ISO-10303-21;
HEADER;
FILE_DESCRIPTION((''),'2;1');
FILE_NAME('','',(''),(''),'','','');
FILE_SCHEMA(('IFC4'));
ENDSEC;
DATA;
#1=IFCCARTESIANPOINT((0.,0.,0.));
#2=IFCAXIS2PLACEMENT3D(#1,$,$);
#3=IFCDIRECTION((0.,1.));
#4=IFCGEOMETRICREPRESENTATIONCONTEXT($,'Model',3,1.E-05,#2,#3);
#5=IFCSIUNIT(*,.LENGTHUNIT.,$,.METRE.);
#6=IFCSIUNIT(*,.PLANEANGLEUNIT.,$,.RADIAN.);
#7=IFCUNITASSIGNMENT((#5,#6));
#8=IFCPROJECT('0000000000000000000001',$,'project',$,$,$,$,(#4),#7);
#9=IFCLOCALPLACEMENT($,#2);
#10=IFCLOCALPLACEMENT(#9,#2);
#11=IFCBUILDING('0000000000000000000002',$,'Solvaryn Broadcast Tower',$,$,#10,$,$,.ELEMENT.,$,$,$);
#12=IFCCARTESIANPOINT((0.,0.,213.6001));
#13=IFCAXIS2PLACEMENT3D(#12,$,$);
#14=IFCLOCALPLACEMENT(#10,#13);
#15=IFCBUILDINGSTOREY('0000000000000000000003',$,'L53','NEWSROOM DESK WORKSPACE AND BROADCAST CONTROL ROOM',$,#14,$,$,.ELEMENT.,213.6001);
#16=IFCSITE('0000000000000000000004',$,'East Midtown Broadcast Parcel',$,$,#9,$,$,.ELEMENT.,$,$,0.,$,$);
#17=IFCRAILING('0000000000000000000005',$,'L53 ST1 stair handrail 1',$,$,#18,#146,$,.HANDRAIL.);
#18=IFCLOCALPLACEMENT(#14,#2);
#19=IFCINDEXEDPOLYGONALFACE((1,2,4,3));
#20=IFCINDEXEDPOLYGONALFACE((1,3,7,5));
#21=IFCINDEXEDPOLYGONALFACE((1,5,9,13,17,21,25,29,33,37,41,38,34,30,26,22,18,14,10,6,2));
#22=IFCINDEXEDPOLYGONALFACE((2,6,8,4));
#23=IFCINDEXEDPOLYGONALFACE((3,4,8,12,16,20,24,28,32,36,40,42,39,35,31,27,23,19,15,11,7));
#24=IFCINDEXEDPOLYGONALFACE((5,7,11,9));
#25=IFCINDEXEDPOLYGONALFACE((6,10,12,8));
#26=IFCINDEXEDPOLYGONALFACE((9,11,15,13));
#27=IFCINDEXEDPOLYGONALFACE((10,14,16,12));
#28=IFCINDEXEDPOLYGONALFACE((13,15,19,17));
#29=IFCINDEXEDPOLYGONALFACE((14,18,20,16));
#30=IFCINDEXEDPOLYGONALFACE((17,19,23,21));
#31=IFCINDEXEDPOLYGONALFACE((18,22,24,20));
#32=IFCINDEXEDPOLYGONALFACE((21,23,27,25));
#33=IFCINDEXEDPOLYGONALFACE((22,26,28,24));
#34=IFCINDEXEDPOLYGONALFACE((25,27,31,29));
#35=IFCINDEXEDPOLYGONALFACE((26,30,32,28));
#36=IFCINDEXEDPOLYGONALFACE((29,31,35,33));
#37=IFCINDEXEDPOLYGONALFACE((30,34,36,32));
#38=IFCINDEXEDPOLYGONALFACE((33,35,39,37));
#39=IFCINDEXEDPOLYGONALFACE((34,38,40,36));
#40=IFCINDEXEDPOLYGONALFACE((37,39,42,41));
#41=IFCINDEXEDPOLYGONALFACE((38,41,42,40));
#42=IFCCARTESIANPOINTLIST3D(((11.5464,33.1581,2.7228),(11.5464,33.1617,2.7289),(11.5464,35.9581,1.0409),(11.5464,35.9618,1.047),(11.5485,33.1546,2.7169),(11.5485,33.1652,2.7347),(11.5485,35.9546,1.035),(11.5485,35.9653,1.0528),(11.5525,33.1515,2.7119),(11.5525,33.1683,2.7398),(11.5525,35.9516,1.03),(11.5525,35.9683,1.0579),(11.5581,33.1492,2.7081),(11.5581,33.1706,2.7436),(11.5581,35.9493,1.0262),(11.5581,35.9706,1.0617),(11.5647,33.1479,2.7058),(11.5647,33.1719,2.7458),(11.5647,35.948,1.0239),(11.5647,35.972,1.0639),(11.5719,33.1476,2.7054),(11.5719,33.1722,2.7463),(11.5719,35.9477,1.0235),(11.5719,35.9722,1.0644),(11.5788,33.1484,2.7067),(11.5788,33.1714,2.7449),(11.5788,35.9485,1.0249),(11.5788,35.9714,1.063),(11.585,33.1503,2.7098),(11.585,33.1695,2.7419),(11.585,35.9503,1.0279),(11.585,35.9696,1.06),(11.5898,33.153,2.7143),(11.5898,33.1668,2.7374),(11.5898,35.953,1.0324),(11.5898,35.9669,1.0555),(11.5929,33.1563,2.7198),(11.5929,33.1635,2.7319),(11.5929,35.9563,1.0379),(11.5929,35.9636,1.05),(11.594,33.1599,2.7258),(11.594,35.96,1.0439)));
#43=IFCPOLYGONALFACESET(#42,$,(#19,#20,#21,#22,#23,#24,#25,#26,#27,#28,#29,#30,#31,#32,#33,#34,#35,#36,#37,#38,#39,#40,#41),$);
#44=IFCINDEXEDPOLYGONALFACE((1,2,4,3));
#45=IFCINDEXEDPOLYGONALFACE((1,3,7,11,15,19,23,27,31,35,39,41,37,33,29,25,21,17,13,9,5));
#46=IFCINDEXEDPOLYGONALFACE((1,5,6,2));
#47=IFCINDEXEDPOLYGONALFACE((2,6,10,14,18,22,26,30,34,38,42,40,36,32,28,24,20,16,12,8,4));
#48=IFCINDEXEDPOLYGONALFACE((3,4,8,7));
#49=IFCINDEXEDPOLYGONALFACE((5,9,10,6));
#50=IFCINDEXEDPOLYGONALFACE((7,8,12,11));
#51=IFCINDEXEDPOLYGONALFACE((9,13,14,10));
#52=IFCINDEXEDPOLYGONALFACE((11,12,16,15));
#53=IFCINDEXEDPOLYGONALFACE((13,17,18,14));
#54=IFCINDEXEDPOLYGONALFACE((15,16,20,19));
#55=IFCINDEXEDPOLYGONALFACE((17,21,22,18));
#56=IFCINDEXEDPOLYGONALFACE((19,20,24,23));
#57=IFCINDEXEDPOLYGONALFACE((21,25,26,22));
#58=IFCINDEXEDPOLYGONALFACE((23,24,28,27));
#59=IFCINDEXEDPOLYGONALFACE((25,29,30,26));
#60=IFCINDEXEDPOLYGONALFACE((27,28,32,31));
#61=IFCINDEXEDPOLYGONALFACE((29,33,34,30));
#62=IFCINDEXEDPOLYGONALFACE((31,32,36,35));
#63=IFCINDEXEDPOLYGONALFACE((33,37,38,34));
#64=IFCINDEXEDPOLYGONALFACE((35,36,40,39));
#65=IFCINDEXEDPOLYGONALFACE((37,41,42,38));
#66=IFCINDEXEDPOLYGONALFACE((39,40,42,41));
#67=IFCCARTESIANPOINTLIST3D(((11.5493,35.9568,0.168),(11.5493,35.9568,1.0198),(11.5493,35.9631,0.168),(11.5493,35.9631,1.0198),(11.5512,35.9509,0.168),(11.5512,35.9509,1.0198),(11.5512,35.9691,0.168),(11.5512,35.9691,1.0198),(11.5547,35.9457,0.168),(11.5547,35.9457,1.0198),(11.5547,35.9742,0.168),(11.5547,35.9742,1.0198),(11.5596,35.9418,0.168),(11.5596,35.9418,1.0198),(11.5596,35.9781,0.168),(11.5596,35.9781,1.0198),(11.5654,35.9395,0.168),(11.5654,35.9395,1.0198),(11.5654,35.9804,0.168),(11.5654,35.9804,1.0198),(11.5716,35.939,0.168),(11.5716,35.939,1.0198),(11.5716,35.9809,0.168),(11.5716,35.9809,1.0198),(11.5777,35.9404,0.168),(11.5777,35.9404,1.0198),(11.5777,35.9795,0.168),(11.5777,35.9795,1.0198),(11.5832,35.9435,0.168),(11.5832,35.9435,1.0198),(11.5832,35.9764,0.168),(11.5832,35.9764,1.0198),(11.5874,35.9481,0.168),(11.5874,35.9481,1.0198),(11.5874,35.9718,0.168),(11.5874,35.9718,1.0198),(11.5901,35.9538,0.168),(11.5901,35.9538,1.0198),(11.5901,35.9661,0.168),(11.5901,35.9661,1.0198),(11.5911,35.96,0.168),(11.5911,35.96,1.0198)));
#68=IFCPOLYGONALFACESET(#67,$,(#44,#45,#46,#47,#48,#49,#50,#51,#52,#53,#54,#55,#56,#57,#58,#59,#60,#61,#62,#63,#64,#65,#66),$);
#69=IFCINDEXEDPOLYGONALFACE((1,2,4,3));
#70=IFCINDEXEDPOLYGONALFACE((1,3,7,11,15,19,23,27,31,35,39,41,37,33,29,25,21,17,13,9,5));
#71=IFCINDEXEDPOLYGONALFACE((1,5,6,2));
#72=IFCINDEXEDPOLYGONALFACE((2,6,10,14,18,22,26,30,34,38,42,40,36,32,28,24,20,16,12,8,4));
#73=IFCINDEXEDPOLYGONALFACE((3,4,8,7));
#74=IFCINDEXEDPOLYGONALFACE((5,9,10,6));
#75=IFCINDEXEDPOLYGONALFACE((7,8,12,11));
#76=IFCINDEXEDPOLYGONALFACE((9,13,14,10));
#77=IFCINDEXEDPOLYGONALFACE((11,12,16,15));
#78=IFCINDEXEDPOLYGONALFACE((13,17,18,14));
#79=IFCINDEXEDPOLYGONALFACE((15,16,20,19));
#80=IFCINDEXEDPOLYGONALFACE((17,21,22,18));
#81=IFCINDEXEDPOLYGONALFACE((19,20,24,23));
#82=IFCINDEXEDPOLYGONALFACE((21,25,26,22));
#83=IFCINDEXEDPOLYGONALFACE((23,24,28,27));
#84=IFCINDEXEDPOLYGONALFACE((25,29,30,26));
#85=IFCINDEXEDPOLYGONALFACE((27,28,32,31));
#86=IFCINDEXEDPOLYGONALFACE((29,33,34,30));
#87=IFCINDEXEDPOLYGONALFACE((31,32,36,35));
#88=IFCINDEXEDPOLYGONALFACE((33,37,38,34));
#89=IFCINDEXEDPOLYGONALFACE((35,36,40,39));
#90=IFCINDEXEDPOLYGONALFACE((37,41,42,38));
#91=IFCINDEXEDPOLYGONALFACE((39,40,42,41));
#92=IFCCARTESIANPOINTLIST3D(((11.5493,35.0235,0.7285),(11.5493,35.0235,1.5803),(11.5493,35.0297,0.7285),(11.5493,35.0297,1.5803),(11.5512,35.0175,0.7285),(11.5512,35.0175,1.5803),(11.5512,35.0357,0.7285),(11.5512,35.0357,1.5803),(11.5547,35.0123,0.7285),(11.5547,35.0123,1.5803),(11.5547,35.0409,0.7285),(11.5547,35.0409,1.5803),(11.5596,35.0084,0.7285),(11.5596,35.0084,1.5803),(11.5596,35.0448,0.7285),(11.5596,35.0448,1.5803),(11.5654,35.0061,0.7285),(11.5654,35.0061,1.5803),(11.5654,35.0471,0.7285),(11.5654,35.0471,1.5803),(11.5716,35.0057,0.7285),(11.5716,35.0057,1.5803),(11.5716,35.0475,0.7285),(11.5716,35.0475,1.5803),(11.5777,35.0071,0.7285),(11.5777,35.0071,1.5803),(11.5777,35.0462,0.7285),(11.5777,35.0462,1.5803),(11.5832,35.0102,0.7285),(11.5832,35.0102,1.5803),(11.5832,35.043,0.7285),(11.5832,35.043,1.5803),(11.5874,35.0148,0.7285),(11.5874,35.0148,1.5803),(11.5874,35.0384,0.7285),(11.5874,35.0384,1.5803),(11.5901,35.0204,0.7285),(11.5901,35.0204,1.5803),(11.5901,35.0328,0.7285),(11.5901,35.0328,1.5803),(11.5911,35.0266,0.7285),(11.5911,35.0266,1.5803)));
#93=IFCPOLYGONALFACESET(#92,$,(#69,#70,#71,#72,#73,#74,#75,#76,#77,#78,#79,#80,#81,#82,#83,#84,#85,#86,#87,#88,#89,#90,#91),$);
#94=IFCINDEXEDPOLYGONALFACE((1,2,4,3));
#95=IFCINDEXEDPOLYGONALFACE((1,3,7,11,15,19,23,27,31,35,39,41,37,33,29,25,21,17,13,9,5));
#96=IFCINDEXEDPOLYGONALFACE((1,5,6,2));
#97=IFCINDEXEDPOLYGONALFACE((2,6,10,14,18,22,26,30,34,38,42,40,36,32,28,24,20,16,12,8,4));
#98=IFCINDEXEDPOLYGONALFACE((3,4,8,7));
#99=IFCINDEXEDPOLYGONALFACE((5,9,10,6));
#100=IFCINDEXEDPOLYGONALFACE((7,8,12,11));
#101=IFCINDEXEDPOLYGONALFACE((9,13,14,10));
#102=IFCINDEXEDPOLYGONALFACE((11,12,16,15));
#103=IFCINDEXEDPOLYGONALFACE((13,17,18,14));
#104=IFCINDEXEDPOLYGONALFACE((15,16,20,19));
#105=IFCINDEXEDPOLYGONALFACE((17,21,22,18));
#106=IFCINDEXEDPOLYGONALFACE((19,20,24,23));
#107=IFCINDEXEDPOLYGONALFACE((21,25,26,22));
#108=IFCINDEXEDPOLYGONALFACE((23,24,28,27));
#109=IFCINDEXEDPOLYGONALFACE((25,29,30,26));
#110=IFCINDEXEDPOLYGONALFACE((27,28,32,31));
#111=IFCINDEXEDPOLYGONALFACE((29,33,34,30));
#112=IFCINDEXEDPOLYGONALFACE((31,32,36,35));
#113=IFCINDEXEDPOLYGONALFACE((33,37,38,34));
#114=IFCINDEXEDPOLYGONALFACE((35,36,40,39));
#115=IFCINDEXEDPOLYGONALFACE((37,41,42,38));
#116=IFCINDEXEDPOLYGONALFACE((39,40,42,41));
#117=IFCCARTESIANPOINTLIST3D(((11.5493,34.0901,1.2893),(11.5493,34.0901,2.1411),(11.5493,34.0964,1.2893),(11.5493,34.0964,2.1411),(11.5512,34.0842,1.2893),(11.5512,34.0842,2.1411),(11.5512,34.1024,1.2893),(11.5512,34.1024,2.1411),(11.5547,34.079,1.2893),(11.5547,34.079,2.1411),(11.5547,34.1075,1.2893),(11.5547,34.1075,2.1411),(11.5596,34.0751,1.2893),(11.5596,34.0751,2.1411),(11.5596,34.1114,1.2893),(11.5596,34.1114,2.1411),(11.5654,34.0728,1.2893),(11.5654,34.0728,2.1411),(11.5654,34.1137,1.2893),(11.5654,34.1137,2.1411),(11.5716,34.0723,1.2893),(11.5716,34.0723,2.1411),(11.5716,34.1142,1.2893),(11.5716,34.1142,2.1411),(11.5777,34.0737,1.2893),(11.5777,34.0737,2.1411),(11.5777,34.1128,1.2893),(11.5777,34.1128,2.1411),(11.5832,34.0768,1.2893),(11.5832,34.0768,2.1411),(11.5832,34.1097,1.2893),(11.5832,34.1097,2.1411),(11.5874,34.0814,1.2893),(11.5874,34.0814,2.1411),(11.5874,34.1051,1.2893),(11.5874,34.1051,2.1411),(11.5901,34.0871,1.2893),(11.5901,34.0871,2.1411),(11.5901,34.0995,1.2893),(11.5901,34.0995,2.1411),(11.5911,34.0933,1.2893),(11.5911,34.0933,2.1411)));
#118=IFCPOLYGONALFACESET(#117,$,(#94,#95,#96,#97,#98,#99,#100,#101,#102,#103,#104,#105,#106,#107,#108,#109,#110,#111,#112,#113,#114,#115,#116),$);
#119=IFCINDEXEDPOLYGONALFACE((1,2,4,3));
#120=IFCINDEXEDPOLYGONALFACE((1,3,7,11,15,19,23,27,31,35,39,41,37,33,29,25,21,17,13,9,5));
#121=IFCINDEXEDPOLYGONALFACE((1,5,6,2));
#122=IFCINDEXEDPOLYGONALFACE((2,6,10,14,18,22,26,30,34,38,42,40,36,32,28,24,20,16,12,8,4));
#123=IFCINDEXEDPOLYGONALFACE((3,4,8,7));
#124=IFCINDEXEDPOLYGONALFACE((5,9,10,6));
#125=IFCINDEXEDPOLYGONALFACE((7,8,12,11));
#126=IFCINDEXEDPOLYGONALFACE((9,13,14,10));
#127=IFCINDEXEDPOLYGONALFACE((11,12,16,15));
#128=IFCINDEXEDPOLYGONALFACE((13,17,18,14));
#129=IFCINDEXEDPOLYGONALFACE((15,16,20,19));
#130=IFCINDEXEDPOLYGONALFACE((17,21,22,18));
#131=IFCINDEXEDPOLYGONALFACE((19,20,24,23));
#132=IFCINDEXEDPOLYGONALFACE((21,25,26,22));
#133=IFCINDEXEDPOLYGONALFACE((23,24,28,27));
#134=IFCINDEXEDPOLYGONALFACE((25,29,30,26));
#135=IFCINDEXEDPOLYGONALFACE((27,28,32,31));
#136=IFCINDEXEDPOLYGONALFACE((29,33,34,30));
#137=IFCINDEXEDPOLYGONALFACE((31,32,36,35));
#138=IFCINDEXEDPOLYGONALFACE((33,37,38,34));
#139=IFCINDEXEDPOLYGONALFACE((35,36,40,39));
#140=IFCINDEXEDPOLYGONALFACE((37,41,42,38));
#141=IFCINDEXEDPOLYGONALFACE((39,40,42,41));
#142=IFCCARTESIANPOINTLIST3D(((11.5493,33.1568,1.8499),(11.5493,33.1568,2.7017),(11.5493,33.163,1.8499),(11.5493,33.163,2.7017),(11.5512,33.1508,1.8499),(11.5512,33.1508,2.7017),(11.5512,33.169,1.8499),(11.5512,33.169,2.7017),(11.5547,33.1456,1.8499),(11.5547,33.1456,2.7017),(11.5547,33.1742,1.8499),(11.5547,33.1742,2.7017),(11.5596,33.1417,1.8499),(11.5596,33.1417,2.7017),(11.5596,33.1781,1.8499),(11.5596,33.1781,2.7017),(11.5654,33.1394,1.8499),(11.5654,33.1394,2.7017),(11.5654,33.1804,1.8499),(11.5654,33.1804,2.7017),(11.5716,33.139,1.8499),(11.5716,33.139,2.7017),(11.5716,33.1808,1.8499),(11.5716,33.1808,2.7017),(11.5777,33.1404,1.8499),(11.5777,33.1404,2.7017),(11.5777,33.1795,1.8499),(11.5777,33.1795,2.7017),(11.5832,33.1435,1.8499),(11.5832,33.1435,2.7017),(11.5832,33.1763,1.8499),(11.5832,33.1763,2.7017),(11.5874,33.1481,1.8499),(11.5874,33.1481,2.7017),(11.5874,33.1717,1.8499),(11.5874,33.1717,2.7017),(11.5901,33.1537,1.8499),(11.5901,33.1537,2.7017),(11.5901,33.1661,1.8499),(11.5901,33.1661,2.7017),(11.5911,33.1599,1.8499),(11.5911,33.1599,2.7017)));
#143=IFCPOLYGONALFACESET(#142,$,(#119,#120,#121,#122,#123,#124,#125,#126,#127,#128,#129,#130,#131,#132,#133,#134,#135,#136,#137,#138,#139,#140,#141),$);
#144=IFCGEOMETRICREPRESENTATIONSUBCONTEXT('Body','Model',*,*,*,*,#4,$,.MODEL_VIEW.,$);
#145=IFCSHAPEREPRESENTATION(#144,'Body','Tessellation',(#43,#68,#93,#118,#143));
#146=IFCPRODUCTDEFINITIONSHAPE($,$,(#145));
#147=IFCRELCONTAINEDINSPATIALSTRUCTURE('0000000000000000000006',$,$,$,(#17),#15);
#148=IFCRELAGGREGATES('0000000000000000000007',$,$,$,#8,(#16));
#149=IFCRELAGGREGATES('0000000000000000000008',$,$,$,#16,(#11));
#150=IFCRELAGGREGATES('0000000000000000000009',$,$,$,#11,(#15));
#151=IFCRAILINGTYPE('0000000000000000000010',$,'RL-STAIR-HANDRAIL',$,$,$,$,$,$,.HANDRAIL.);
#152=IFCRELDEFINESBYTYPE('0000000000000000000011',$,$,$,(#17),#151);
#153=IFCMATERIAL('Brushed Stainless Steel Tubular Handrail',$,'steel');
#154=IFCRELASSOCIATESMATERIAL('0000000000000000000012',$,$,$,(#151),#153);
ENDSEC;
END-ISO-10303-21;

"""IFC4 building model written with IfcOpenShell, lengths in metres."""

from ifc_helpers import new_model, si_unit, direction, frame, origin, origin_2d, place, context, subcontext, project, spatial, circle, extrude, material, type_object, element, save


model = new_model("IFC4")

# Units and contexts
model_context = context("Model", 3, precision=1e-05, world=origin(), true_north=direction((0.0, 1.0)))
body_context = subcontext(model_context, "Body", "Model", "MODEL_VIEW")
ifc_project = project(units=[si_unit("LENGTHUNIT", "METRE"), si_unit("PLANEANGLEUNIT", "RADIAN")], contexts=[model_context])

# Site, building, storey
site_placement = place(None, origin())
site = spatial("IfcSite", under=ifc_project, at=site_placement, Name="East Midtown Broadcast Parcel", CompositionType="ELEMENT", RefElevation=0.0)
building_placement = place(site_placement, origin())
building = spatial("IfcBuilding", under=site, at=building_placement, Name="Solvaryn Broadcast Tower", CompositionType="ELEMENT")
storey_placement = place(building_placement, frame((0.0, 0.0, 213.6001)))
storey = spatial("IfcBuildingStorey", under=building, at=storey_placement, Name="L53", Description="NEWSROOM DESK WORKSPACE AND BROADCAST CONTROL ROOM", CompositionType="ELEMENT", Elevation=213.6001)

# Railing
ifc_material_1 = material(Name="Brushed Stainless Steel Tubular Handrail", Category="steel")
railing_type_1 = type_object("IfcRailingType", Name="RL-STAIR-HANDRAIL", PredefinedType="HANDRAIL", material=ifc_material_1)
railing_1_placement = place(storey_placement, frame((11.5701, 35.96, 0.168)))
element("IfcRailing", 1, at=railing_1_placement, inside=storey, type_object=railing_type_1, Name="L53 ST1 stair handrail 1", PredefinedType="HANDRAIL", context=body_context, shape_type="SweptSolid", body=[
    extrude(circle(Radius=0.0239, at=origin_2d()), frame((0.0, 0.0, 0.876), z_axis=(0.0, -0.857242, 0.514913), x_axis=(1.0, 0.0, 0.0)), (0.0, 0.0, 1.0), 3.2664),
    extrude(circle(Radius=0.021, at=origin_2d()), origin(), (0.0, 0.0, 1.0), 0.8518),
    extrude(circle(Radius=0.021, at=origin_2d()), frame((0.0, -0.9333, 0.5605)), (0.0, 0.0, 1.0), 0.8518),
    extrude(circle(Radius=0.021, at=origin_2d()), frame((0.0, -1.8667, 1.1213)), (0.0, 0.0, 1.0), 0.8518),
    extrude(circle(Radius=0.021, at=origin_2d()), frame((0.0, -2.8, 1.6819)), (0.0, 0.0, 1.0), 0.8518),
])

save(model, "model.ifc")
